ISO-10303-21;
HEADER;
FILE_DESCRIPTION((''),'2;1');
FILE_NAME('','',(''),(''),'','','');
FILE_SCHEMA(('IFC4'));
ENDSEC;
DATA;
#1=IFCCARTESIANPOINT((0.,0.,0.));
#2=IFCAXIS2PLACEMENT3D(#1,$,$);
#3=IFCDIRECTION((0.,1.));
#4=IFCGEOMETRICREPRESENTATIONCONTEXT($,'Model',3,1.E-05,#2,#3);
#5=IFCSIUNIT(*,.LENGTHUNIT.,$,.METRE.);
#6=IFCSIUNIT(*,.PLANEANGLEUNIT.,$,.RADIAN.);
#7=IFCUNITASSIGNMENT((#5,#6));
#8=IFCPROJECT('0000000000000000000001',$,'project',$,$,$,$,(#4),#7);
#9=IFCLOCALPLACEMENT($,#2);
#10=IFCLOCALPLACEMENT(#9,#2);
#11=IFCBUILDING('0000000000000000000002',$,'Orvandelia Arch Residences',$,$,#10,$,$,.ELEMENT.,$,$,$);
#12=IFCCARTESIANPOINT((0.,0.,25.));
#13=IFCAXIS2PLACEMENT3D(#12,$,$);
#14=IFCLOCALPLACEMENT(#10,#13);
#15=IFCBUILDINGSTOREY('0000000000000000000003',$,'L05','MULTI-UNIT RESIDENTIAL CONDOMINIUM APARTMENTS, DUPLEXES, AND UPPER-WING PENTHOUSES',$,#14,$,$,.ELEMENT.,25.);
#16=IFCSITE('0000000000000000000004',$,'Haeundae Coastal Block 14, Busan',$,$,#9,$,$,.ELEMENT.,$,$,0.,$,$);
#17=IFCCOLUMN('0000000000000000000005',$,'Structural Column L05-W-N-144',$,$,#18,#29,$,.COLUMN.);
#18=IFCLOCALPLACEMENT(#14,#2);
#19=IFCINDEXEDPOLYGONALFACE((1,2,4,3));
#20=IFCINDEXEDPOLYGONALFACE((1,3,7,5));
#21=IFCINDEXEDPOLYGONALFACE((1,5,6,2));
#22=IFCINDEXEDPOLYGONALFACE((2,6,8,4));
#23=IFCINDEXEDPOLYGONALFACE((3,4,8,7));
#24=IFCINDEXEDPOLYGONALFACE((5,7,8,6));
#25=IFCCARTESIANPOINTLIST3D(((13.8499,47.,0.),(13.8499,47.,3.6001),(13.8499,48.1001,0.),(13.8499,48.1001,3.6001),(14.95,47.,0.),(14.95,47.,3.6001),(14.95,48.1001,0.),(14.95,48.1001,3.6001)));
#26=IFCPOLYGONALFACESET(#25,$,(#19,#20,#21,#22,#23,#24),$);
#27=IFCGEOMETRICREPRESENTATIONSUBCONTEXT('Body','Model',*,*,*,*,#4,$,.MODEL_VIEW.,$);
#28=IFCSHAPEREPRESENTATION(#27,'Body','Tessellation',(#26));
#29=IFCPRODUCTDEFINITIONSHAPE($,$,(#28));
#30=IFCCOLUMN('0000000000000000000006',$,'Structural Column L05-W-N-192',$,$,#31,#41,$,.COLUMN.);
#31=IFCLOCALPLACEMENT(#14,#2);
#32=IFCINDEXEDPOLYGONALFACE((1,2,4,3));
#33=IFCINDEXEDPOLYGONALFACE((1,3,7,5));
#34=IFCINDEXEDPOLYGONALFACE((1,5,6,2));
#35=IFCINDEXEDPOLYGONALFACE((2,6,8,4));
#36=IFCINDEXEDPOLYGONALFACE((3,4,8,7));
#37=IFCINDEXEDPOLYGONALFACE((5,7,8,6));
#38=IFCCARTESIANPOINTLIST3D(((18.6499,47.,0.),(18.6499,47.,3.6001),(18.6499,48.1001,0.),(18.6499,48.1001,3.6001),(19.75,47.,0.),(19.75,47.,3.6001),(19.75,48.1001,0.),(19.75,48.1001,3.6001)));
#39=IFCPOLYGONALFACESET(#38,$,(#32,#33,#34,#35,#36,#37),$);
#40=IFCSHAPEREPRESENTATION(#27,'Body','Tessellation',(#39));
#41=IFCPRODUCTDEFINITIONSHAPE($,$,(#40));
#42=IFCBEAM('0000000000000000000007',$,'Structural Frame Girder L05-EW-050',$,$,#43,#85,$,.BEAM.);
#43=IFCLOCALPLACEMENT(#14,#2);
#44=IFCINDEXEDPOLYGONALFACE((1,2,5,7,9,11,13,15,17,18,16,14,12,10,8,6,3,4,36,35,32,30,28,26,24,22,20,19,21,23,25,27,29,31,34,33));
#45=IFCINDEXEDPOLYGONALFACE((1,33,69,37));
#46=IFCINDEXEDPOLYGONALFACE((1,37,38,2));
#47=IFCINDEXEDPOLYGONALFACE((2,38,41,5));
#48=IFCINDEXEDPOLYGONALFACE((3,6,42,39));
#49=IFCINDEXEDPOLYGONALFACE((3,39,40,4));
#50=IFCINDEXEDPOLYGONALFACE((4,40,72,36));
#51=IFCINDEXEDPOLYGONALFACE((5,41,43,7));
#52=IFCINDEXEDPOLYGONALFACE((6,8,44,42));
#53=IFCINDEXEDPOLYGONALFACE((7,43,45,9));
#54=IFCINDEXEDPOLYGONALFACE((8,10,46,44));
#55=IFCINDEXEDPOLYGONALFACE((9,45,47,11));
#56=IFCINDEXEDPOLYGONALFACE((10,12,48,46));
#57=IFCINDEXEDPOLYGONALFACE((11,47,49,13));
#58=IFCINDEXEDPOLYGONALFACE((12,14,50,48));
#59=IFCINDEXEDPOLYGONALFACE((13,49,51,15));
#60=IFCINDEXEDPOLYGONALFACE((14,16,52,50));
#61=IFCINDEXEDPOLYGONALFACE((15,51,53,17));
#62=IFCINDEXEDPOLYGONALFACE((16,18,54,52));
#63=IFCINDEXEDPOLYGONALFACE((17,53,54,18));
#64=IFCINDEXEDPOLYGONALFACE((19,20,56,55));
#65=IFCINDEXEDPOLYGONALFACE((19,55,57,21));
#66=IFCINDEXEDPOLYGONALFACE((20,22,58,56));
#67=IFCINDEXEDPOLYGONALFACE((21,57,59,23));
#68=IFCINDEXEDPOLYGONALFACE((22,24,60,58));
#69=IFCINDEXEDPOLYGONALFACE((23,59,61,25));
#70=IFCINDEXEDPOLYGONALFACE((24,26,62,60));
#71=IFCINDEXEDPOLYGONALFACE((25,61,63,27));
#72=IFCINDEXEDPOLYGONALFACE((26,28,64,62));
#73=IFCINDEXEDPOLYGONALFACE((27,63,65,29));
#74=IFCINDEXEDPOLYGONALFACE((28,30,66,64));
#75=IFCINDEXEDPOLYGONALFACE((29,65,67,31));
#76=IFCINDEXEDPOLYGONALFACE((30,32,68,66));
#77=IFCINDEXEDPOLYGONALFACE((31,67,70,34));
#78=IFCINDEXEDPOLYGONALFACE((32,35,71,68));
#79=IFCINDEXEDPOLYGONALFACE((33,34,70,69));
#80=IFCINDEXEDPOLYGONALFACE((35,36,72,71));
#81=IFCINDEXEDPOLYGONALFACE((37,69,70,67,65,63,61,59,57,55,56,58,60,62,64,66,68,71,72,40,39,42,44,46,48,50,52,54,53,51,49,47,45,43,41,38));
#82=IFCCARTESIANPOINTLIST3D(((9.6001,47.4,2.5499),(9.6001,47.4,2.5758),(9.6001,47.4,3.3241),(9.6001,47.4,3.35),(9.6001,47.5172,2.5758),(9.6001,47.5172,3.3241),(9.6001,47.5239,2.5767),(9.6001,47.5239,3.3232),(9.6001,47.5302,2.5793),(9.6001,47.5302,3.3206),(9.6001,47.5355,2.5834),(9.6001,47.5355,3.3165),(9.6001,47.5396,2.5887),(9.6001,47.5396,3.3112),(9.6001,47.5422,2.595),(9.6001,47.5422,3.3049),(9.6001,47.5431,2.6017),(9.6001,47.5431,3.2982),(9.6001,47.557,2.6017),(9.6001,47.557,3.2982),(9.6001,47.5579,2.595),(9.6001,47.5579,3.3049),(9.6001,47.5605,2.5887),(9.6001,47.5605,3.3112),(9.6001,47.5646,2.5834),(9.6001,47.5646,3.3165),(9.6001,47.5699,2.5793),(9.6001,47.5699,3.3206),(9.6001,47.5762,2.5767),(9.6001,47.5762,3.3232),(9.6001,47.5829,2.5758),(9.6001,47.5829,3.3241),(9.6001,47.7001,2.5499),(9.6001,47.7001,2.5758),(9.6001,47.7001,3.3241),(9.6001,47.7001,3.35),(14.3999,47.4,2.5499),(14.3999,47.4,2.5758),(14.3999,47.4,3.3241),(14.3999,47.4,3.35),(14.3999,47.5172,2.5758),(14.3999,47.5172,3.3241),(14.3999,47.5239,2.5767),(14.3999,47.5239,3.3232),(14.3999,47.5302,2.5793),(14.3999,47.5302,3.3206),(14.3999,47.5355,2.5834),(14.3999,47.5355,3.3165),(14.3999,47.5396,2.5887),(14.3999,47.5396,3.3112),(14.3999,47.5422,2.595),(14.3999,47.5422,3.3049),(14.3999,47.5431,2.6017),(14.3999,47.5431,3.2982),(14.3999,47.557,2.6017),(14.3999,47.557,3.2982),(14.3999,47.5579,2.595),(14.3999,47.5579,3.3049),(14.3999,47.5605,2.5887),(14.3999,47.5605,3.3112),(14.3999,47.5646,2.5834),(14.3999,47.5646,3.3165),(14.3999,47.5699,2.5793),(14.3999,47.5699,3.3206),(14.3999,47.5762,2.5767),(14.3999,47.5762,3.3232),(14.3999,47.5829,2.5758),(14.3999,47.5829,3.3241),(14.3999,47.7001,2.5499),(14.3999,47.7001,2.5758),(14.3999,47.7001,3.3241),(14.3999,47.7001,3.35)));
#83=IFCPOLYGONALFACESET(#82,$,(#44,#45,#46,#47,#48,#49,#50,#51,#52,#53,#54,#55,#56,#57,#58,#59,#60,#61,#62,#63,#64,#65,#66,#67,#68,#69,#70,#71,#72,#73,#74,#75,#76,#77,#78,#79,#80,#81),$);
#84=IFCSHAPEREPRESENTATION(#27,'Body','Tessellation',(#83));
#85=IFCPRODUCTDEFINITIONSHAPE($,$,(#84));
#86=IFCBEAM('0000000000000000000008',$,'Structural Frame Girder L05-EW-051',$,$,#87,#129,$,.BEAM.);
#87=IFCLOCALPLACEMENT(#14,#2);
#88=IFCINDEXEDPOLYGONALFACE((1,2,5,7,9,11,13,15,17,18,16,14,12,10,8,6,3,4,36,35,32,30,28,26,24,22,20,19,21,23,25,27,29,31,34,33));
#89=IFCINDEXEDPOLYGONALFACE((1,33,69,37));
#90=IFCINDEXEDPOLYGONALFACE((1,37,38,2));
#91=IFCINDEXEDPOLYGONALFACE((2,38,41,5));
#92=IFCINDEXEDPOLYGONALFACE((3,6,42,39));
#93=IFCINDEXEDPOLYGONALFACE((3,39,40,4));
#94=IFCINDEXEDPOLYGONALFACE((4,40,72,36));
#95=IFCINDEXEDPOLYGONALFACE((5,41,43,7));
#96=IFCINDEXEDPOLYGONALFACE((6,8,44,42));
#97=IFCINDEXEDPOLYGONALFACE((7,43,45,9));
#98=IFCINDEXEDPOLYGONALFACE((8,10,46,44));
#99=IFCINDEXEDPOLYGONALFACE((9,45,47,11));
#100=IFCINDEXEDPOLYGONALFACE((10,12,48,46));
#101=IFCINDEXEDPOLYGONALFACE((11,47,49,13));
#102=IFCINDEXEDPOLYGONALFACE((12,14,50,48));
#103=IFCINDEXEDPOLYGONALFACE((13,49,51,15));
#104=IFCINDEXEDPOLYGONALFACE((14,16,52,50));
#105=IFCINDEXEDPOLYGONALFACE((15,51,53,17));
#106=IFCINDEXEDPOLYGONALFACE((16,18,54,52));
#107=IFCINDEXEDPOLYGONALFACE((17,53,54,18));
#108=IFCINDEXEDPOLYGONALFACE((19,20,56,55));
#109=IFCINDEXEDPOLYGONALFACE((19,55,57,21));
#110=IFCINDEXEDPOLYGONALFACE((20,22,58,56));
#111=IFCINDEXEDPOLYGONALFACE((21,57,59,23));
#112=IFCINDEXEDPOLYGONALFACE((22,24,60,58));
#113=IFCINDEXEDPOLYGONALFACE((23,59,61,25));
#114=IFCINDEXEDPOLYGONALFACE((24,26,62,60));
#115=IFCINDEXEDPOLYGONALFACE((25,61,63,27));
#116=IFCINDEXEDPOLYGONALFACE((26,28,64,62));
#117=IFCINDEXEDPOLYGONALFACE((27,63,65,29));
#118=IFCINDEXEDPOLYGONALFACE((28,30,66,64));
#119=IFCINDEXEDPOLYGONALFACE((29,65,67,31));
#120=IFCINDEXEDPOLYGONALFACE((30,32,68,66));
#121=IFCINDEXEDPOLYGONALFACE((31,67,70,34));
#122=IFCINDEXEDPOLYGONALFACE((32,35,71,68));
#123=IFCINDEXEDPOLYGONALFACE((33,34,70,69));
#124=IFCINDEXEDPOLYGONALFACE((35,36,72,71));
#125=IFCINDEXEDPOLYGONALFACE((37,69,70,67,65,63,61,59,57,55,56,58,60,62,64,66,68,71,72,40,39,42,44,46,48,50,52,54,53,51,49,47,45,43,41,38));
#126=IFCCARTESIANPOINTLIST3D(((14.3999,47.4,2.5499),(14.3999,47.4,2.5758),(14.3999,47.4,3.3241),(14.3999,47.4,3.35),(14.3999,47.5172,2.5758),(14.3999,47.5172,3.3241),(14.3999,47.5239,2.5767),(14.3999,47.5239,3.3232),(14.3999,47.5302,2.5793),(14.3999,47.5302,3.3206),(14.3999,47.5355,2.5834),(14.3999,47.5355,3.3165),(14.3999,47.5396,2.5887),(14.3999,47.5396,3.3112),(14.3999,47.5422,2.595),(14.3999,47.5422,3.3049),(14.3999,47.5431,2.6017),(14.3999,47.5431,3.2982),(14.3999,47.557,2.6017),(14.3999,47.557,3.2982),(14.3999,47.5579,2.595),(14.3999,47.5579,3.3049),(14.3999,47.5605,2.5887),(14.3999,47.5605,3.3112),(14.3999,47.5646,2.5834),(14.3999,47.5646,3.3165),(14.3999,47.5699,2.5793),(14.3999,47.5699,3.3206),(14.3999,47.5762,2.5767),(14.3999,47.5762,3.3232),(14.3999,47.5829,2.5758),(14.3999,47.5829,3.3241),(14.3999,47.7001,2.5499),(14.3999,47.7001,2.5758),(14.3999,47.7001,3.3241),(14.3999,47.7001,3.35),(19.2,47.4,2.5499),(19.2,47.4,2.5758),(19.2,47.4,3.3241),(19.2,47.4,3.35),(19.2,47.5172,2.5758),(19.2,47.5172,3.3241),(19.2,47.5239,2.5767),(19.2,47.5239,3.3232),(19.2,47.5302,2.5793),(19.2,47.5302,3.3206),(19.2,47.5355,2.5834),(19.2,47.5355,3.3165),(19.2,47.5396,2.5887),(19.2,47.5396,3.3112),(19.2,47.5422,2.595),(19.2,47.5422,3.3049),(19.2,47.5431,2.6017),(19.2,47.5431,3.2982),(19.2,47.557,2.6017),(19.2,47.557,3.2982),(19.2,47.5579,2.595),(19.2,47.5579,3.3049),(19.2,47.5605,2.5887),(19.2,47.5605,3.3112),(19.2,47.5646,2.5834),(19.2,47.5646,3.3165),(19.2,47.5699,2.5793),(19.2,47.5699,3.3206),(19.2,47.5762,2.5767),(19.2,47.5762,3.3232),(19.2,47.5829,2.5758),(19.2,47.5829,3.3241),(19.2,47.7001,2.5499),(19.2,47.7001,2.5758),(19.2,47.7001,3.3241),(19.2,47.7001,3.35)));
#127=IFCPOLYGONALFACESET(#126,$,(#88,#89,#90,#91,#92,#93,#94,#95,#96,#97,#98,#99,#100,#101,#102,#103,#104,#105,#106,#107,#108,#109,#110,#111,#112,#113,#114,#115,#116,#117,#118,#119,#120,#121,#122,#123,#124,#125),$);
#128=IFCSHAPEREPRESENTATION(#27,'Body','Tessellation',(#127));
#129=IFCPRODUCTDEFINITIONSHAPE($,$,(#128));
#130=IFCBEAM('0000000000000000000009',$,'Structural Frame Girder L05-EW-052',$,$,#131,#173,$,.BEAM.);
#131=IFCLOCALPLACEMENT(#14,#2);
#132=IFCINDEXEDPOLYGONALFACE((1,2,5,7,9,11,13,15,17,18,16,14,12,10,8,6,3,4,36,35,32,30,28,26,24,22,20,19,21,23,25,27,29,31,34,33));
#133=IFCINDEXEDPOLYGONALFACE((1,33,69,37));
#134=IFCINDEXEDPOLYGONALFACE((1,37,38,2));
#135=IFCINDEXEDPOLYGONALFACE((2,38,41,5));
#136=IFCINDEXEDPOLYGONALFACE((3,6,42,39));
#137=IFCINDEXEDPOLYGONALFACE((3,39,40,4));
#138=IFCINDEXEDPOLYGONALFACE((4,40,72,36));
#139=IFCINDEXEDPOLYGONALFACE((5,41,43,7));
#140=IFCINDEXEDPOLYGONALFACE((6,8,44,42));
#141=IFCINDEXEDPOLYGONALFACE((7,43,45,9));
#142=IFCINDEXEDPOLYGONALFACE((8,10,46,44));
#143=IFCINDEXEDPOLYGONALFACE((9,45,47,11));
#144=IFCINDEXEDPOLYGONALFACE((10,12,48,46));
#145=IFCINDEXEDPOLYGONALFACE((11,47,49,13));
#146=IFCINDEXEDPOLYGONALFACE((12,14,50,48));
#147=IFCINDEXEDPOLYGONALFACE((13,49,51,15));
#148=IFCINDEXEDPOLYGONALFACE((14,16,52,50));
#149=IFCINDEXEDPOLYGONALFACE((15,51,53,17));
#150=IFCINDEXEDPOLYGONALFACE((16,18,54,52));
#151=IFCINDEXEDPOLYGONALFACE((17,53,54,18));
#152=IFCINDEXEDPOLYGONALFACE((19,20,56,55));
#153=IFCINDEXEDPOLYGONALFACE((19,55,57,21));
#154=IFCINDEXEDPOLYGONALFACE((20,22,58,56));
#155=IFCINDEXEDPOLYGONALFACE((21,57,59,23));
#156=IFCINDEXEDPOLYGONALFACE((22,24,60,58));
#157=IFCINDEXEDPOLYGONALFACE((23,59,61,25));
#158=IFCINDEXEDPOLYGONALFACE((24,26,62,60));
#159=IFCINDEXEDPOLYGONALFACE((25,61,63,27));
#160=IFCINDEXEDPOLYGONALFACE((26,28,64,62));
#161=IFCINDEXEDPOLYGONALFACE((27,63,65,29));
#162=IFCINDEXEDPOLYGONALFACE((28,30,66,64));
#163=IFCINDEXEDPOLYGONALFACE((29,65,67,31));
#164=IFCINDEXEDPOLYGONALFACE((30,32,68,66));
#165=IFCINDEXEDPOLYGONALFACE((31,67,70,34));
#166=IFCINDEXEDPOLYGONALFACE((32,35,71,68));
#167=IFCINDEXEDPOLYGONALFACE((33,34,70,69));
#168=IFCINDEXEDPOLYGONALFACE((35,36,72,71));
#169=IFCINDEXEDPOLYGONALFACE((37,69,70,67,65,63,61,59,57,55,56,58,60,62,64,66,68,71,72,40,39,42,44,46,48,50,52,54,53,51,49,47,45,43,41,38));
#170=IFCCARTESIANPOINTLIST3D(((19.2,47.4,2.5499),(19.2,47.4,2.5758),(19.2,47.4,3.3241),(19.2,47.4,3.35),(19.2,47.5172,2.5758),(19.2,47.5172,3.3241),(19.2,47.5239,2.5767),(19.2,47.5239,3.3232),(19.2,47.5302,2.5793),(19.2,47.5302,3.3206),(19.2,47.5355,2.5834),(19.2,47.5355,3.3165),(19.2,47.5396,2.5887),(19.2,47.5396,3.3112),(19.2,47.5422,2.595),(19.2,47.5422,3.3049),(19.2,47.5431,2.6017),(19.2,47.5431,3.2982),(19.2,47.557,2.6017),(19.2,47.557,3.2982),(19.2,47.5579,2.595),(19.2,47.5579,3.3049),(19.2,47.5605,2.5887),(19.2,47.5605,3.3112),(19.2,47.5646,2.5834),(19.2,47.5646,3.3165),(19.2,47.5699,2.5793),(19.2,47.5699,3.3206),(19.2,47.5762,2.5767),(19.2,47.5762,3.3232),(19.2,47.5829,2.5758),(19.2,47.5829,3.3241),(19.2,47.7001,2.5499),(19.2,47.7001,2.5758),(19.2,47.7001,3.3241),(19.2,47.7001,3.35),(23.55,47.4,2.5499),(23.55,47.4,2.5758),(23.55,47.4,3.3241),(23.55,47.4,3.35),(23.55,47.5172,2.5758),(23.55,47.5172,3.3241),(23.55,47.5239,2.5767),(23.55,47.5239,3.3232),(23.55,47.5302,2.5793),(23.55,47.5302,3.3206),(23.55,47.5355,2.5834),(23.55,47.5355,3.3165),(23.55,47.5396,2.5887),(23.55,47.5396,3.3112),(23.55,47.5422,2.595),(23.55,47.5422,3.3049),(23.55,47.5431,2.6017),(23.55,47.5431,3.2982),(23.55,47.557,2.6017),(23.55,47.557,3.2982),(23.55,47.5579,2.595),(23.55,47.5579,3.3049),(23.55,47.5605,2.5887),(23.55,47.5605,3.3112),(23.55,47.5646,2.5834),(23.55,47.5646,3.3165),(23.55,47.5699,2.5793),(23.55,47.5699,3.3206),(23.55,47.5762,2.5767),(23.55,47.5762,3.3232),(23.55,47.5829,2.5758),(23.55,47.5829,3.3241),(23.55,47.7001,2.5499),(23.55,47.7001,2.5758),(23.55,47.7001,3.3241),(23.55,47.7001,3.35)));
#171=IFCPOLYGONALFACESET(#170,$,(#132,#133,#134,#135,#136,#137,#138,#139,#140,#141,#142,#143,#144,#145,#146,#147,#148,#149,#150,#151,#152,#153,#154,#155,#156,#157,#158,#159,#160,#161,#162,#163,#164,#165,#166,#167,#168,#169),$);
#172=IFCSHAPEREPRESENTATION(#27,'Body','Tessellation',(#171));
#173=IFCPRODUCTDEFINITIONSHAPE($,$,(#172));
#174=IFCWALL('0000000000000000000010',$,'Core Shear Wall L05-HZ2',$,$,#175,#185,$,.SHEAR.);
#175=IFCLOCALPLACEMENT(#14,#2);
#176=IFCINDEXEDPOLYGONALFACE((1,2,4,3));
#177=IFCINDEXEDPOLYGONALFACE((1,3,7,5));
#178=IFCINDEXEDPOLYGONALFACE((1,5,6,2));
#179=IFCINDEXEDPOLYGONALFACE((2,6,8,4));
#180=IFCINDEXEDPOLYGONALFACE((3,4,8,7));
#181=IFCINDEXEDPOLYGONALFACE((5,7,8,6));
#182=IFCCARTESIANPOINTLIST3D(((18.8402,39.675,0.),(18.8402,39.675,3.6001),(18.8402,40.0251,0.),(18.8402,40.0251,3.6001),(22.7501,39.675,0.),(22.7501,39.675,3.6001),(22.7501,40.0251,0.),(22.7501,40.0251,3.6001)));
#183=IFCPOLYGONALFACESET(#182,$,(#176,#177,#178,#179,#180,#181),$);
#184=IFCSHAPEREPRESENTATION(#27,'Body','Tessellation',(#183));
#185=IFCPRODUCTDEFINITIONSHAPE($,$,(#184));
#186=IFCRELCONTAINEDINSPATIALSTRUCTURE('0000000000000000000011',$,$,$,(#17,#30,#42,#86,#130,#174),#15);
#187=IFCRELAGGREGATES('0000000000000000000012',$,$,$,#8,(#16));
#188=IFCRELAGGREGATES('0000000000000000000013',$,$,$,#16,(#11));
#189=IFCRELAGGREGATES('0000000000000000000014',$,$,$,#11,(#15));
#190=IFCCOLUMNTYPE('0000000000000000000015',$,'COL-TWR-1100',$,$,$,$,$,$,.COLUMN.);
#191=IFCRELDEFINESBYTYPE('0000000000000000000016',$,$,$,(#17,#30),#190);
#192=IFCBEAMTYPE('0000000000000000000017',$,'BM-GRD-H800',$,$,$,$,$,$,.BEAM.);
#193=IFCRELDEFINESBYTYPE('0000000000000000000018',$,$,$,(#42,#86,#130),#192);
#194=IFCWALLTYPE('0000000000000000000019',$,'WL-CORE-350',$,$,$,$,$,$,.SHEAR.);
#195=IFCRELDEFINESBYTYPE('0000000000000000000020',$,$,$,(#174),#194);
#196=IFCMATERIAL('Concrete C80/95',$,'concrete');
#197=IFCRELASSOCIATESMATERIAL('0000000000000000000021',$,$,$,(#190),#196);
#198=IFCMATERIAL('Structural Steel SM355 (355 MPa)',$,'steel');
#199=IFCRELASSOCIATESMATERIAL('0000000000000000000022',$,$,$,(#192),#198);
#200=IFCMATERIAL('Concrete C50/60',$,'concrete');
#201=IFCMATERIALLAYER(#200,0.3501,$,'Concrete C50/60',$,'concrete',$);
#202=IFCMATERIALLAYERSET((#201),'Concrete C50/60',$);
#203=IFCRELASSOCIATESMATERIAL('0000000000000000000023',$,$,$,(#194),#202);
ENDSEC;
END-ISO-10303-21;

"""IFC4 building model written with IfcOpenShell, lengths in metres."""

from ifc_helpers import new_model, si_unit, direction, frame, frame_2d, origin, origin_2d, place, context, subcontext, project, spatial, rectangle, i_section, extrude, material, layer, layer_set, material_profile, profile_set, type_object, element, save


model = new_model("IFC4")

# Units and contexts
model_context = context("Model", 3, precision=1e-05, world=origin(), true_north=direction((0.0, 1.0)))
body_context = subcontext(model_context, "Body", "Model", "MODEL_VIEW")
ifc_project = project(units=[si_unit("LENGTHUNIT", "METRE"), si_unit("PLANEANGLEUNIT", "RADIAN")], contexts=[model_context])

# Site, building, storey
site_placement = place(None, origin())
site = spatial("IfcSite", under=ifc_project, at=site_placement, Name="Haeundae Coastal Block 14, Busan", CompositionType="ELEMENT", RefElevation=0.0)
building_placement = place(site_placement, origin())
building = spatial("IfcBuilding", under=site, at=building_placement, Name="Orvandelia Arch Residences", CompositionType="ELEMENT")
storey_placement = place(building_placement, frame((0.0, 0.0, 25.0)))
storey = spatial("IfcBuildingStorey", under=building, at=storey_placement, Name="L05", Description="MULTI-UNIT RESIDENTIAL CONDOMINIUM APARTMENTS, DUPLEXES, AND UPPER-WING PENTHOUSES", CompositionType="ELEMENT", Elevation=25.0)

# Columns
ifc_material_1 = material(Name="Concrete C80/95", Category="concrete")
ifc_material_profile_1 = material_profile(ifc_material_1, rectangle(XDim=1.1001, YDim=1.1001, at=origin_2d()), Name="Concrete C80/95", Category="concrete")
ifc_profile_set_1 = profile_set([ifc_material_profile_1], Name="Concrete C80/95")
column_type = type_object("IfcColumnType", Name="COL-TWR-1100", PredefinedType="COLUMN", material=ifc_profile_set_1)
for number, where, z_axis, x_axis, name in (
    (1, (14.3999, 47.55, 0.0), (0.0, 0.0, 1.0), (1.0, 0.0, 0.0), "Structural Column L05-W-N-144"),
    (2, (19.2, 47.55, 0.0), (0.0, 0.0, 1.0), (1.0, 0.0, 0.0), "Structural Column L05-W-N-192"),
):
    element("IfcColumn", number, at=place(storey_placement, frame(where, z_axis=z_axis, x_axis=x_axis)), inside=storey, type_object=column_type, Name=name, PredefinedType="COLUMN", context=body_context, shape_type="SweptSolid", body=[
        extrude(rectangle(XDim=1.1001, YDim=1.1001, at=origin_2d()), origin(), (0.0, 0.0, 1.0), 3.6001),
    ])

# Beams
ifc_material_2 = material(Name="Structural Steel SM355 (355 MPa)", Category="steel")
ifc_material_profile_2 = material_profile(ifc_material_2, i_section(OverallWidth=0.3, OverallDepth=0.8, WebThickness=0.0139, FlangeThickness=0.0259, FilletRadius=0.0259, at=origin_2d()), Name="Structural Steel SM355 (355 MPa)", Category="steel")
ifc_profile_set_2 = profile_set([ifc_material_profile_2], Name="Structural Steel SM355 (355 MPa)")
beam_type = type_object("IfcBeamType", Name="BM-GRD-H800", PredefinedType="BEAM", material=ifc_profile_set_2)
beam_1_placement = place(storey_placement, frame((9.6001, 47.55, 2.95), z_axis=(1.0, 0.0, 0.0), x_axis=(0.0, 1.0, 0.0)))
element("IfcBeam", 3, at=beam_1_placement, inside=storey, type_object=beam_type, Name="Structural Frame Girder L05-EW-050", PredefinedType="BEAM", context=body_context, shape_type="SweptSolid", body=[
    extrude(i_section(OverallWidth=0.3, OverallDepth=0.8, WebThickness=0.0139, FlangeThickness=0.0259, FilletRadius=0.0259, at=origin_2d()), origin(), (0.0, 0.0, 1.0), 4.7998),
])
beam_2_placement = place(storey_placement, frame((14.3999, 47.55, 2.95), z_axis=(1.0, 0.0, 0.0), x_axis=(0.0, 1.0, 0.0)))
element("IfcBeam", 4, at=beam_2_placement, inside=storey, type_object=beam_type, Name="Structural Frame Girder L05-EW-051", PredefinedType="BEAM", context=body_context, shape_type="SweptSolid", body=[
    extrude(i_section(OverallWidth=0.3, OverallDepth=0.8, WebThickness=0.0139, FlangeThickness=0.0259, FilletRadius=0.0259, at=origin_2d()), origin(), (0.0, 0.0, 1.0), 4.8),
])
beam_3_placement = place(storey_placement, frame((19.2, 47.55, 2.95), z_axis=(1.0, 0.0, 0.0), x_axis=(0.0, 1.0, 0.0)))
element("IfcBeam", 5, at=beam_3_placement, inside=storey, type_object=beam_type, Name="Structural Frame Girder L05-EW-052", PredefinedType="BEAM", context=body_context, shape_type="SweptSolid", body=[
    extrude(i_section(OverallWidth=0.3, OverallDepth=0.8, WebThickness=0.0139, FlangeThickness=0.0259, FilletRadius=0.0259, at=origin_2d()), origin(), (0.0, 0.0, 1.0), 4.3501),
])

# Wall
ifc_material_3 = material(Name="Concrete C50/60", Category="concrete")
ifc_layer_1 = layer(ifc_material_3, 0.3501, Name="Concrete C50/60", Category="concrete")
ifc_layer_set_1 = layer_set([ifc_layer_1], Name="Concrete C50/60")
wall_type_1 = type_object("IfcWallType", Name="WL-CORE-350", PredefinedType="SHEAR", material=ifc_layer_set_1)
wall_1_placement = place(storey_placement, frame((18.8401, 39.8501, 0.0), z_axis=(0.0, 0.0, 1.0), x_axis=(1.0, 0.0, 0.0)))
element("IfcWall", 6, at=wall_1_placement, inside=storey, type_object=wall_type_1, Name="Core Shear Wall L05-HZ2", PredefinedType="SHEAR", context=body_context, shape_type="SweptSolid", body=[
    extrude(rectangle(XDim=3.9099, YDim=0.3501, at=frame_2d((1.9551, 0.0))), origin(), (0.0, 0.0, 1.0), 3.6001),
])

save(model, "model.ifc")
